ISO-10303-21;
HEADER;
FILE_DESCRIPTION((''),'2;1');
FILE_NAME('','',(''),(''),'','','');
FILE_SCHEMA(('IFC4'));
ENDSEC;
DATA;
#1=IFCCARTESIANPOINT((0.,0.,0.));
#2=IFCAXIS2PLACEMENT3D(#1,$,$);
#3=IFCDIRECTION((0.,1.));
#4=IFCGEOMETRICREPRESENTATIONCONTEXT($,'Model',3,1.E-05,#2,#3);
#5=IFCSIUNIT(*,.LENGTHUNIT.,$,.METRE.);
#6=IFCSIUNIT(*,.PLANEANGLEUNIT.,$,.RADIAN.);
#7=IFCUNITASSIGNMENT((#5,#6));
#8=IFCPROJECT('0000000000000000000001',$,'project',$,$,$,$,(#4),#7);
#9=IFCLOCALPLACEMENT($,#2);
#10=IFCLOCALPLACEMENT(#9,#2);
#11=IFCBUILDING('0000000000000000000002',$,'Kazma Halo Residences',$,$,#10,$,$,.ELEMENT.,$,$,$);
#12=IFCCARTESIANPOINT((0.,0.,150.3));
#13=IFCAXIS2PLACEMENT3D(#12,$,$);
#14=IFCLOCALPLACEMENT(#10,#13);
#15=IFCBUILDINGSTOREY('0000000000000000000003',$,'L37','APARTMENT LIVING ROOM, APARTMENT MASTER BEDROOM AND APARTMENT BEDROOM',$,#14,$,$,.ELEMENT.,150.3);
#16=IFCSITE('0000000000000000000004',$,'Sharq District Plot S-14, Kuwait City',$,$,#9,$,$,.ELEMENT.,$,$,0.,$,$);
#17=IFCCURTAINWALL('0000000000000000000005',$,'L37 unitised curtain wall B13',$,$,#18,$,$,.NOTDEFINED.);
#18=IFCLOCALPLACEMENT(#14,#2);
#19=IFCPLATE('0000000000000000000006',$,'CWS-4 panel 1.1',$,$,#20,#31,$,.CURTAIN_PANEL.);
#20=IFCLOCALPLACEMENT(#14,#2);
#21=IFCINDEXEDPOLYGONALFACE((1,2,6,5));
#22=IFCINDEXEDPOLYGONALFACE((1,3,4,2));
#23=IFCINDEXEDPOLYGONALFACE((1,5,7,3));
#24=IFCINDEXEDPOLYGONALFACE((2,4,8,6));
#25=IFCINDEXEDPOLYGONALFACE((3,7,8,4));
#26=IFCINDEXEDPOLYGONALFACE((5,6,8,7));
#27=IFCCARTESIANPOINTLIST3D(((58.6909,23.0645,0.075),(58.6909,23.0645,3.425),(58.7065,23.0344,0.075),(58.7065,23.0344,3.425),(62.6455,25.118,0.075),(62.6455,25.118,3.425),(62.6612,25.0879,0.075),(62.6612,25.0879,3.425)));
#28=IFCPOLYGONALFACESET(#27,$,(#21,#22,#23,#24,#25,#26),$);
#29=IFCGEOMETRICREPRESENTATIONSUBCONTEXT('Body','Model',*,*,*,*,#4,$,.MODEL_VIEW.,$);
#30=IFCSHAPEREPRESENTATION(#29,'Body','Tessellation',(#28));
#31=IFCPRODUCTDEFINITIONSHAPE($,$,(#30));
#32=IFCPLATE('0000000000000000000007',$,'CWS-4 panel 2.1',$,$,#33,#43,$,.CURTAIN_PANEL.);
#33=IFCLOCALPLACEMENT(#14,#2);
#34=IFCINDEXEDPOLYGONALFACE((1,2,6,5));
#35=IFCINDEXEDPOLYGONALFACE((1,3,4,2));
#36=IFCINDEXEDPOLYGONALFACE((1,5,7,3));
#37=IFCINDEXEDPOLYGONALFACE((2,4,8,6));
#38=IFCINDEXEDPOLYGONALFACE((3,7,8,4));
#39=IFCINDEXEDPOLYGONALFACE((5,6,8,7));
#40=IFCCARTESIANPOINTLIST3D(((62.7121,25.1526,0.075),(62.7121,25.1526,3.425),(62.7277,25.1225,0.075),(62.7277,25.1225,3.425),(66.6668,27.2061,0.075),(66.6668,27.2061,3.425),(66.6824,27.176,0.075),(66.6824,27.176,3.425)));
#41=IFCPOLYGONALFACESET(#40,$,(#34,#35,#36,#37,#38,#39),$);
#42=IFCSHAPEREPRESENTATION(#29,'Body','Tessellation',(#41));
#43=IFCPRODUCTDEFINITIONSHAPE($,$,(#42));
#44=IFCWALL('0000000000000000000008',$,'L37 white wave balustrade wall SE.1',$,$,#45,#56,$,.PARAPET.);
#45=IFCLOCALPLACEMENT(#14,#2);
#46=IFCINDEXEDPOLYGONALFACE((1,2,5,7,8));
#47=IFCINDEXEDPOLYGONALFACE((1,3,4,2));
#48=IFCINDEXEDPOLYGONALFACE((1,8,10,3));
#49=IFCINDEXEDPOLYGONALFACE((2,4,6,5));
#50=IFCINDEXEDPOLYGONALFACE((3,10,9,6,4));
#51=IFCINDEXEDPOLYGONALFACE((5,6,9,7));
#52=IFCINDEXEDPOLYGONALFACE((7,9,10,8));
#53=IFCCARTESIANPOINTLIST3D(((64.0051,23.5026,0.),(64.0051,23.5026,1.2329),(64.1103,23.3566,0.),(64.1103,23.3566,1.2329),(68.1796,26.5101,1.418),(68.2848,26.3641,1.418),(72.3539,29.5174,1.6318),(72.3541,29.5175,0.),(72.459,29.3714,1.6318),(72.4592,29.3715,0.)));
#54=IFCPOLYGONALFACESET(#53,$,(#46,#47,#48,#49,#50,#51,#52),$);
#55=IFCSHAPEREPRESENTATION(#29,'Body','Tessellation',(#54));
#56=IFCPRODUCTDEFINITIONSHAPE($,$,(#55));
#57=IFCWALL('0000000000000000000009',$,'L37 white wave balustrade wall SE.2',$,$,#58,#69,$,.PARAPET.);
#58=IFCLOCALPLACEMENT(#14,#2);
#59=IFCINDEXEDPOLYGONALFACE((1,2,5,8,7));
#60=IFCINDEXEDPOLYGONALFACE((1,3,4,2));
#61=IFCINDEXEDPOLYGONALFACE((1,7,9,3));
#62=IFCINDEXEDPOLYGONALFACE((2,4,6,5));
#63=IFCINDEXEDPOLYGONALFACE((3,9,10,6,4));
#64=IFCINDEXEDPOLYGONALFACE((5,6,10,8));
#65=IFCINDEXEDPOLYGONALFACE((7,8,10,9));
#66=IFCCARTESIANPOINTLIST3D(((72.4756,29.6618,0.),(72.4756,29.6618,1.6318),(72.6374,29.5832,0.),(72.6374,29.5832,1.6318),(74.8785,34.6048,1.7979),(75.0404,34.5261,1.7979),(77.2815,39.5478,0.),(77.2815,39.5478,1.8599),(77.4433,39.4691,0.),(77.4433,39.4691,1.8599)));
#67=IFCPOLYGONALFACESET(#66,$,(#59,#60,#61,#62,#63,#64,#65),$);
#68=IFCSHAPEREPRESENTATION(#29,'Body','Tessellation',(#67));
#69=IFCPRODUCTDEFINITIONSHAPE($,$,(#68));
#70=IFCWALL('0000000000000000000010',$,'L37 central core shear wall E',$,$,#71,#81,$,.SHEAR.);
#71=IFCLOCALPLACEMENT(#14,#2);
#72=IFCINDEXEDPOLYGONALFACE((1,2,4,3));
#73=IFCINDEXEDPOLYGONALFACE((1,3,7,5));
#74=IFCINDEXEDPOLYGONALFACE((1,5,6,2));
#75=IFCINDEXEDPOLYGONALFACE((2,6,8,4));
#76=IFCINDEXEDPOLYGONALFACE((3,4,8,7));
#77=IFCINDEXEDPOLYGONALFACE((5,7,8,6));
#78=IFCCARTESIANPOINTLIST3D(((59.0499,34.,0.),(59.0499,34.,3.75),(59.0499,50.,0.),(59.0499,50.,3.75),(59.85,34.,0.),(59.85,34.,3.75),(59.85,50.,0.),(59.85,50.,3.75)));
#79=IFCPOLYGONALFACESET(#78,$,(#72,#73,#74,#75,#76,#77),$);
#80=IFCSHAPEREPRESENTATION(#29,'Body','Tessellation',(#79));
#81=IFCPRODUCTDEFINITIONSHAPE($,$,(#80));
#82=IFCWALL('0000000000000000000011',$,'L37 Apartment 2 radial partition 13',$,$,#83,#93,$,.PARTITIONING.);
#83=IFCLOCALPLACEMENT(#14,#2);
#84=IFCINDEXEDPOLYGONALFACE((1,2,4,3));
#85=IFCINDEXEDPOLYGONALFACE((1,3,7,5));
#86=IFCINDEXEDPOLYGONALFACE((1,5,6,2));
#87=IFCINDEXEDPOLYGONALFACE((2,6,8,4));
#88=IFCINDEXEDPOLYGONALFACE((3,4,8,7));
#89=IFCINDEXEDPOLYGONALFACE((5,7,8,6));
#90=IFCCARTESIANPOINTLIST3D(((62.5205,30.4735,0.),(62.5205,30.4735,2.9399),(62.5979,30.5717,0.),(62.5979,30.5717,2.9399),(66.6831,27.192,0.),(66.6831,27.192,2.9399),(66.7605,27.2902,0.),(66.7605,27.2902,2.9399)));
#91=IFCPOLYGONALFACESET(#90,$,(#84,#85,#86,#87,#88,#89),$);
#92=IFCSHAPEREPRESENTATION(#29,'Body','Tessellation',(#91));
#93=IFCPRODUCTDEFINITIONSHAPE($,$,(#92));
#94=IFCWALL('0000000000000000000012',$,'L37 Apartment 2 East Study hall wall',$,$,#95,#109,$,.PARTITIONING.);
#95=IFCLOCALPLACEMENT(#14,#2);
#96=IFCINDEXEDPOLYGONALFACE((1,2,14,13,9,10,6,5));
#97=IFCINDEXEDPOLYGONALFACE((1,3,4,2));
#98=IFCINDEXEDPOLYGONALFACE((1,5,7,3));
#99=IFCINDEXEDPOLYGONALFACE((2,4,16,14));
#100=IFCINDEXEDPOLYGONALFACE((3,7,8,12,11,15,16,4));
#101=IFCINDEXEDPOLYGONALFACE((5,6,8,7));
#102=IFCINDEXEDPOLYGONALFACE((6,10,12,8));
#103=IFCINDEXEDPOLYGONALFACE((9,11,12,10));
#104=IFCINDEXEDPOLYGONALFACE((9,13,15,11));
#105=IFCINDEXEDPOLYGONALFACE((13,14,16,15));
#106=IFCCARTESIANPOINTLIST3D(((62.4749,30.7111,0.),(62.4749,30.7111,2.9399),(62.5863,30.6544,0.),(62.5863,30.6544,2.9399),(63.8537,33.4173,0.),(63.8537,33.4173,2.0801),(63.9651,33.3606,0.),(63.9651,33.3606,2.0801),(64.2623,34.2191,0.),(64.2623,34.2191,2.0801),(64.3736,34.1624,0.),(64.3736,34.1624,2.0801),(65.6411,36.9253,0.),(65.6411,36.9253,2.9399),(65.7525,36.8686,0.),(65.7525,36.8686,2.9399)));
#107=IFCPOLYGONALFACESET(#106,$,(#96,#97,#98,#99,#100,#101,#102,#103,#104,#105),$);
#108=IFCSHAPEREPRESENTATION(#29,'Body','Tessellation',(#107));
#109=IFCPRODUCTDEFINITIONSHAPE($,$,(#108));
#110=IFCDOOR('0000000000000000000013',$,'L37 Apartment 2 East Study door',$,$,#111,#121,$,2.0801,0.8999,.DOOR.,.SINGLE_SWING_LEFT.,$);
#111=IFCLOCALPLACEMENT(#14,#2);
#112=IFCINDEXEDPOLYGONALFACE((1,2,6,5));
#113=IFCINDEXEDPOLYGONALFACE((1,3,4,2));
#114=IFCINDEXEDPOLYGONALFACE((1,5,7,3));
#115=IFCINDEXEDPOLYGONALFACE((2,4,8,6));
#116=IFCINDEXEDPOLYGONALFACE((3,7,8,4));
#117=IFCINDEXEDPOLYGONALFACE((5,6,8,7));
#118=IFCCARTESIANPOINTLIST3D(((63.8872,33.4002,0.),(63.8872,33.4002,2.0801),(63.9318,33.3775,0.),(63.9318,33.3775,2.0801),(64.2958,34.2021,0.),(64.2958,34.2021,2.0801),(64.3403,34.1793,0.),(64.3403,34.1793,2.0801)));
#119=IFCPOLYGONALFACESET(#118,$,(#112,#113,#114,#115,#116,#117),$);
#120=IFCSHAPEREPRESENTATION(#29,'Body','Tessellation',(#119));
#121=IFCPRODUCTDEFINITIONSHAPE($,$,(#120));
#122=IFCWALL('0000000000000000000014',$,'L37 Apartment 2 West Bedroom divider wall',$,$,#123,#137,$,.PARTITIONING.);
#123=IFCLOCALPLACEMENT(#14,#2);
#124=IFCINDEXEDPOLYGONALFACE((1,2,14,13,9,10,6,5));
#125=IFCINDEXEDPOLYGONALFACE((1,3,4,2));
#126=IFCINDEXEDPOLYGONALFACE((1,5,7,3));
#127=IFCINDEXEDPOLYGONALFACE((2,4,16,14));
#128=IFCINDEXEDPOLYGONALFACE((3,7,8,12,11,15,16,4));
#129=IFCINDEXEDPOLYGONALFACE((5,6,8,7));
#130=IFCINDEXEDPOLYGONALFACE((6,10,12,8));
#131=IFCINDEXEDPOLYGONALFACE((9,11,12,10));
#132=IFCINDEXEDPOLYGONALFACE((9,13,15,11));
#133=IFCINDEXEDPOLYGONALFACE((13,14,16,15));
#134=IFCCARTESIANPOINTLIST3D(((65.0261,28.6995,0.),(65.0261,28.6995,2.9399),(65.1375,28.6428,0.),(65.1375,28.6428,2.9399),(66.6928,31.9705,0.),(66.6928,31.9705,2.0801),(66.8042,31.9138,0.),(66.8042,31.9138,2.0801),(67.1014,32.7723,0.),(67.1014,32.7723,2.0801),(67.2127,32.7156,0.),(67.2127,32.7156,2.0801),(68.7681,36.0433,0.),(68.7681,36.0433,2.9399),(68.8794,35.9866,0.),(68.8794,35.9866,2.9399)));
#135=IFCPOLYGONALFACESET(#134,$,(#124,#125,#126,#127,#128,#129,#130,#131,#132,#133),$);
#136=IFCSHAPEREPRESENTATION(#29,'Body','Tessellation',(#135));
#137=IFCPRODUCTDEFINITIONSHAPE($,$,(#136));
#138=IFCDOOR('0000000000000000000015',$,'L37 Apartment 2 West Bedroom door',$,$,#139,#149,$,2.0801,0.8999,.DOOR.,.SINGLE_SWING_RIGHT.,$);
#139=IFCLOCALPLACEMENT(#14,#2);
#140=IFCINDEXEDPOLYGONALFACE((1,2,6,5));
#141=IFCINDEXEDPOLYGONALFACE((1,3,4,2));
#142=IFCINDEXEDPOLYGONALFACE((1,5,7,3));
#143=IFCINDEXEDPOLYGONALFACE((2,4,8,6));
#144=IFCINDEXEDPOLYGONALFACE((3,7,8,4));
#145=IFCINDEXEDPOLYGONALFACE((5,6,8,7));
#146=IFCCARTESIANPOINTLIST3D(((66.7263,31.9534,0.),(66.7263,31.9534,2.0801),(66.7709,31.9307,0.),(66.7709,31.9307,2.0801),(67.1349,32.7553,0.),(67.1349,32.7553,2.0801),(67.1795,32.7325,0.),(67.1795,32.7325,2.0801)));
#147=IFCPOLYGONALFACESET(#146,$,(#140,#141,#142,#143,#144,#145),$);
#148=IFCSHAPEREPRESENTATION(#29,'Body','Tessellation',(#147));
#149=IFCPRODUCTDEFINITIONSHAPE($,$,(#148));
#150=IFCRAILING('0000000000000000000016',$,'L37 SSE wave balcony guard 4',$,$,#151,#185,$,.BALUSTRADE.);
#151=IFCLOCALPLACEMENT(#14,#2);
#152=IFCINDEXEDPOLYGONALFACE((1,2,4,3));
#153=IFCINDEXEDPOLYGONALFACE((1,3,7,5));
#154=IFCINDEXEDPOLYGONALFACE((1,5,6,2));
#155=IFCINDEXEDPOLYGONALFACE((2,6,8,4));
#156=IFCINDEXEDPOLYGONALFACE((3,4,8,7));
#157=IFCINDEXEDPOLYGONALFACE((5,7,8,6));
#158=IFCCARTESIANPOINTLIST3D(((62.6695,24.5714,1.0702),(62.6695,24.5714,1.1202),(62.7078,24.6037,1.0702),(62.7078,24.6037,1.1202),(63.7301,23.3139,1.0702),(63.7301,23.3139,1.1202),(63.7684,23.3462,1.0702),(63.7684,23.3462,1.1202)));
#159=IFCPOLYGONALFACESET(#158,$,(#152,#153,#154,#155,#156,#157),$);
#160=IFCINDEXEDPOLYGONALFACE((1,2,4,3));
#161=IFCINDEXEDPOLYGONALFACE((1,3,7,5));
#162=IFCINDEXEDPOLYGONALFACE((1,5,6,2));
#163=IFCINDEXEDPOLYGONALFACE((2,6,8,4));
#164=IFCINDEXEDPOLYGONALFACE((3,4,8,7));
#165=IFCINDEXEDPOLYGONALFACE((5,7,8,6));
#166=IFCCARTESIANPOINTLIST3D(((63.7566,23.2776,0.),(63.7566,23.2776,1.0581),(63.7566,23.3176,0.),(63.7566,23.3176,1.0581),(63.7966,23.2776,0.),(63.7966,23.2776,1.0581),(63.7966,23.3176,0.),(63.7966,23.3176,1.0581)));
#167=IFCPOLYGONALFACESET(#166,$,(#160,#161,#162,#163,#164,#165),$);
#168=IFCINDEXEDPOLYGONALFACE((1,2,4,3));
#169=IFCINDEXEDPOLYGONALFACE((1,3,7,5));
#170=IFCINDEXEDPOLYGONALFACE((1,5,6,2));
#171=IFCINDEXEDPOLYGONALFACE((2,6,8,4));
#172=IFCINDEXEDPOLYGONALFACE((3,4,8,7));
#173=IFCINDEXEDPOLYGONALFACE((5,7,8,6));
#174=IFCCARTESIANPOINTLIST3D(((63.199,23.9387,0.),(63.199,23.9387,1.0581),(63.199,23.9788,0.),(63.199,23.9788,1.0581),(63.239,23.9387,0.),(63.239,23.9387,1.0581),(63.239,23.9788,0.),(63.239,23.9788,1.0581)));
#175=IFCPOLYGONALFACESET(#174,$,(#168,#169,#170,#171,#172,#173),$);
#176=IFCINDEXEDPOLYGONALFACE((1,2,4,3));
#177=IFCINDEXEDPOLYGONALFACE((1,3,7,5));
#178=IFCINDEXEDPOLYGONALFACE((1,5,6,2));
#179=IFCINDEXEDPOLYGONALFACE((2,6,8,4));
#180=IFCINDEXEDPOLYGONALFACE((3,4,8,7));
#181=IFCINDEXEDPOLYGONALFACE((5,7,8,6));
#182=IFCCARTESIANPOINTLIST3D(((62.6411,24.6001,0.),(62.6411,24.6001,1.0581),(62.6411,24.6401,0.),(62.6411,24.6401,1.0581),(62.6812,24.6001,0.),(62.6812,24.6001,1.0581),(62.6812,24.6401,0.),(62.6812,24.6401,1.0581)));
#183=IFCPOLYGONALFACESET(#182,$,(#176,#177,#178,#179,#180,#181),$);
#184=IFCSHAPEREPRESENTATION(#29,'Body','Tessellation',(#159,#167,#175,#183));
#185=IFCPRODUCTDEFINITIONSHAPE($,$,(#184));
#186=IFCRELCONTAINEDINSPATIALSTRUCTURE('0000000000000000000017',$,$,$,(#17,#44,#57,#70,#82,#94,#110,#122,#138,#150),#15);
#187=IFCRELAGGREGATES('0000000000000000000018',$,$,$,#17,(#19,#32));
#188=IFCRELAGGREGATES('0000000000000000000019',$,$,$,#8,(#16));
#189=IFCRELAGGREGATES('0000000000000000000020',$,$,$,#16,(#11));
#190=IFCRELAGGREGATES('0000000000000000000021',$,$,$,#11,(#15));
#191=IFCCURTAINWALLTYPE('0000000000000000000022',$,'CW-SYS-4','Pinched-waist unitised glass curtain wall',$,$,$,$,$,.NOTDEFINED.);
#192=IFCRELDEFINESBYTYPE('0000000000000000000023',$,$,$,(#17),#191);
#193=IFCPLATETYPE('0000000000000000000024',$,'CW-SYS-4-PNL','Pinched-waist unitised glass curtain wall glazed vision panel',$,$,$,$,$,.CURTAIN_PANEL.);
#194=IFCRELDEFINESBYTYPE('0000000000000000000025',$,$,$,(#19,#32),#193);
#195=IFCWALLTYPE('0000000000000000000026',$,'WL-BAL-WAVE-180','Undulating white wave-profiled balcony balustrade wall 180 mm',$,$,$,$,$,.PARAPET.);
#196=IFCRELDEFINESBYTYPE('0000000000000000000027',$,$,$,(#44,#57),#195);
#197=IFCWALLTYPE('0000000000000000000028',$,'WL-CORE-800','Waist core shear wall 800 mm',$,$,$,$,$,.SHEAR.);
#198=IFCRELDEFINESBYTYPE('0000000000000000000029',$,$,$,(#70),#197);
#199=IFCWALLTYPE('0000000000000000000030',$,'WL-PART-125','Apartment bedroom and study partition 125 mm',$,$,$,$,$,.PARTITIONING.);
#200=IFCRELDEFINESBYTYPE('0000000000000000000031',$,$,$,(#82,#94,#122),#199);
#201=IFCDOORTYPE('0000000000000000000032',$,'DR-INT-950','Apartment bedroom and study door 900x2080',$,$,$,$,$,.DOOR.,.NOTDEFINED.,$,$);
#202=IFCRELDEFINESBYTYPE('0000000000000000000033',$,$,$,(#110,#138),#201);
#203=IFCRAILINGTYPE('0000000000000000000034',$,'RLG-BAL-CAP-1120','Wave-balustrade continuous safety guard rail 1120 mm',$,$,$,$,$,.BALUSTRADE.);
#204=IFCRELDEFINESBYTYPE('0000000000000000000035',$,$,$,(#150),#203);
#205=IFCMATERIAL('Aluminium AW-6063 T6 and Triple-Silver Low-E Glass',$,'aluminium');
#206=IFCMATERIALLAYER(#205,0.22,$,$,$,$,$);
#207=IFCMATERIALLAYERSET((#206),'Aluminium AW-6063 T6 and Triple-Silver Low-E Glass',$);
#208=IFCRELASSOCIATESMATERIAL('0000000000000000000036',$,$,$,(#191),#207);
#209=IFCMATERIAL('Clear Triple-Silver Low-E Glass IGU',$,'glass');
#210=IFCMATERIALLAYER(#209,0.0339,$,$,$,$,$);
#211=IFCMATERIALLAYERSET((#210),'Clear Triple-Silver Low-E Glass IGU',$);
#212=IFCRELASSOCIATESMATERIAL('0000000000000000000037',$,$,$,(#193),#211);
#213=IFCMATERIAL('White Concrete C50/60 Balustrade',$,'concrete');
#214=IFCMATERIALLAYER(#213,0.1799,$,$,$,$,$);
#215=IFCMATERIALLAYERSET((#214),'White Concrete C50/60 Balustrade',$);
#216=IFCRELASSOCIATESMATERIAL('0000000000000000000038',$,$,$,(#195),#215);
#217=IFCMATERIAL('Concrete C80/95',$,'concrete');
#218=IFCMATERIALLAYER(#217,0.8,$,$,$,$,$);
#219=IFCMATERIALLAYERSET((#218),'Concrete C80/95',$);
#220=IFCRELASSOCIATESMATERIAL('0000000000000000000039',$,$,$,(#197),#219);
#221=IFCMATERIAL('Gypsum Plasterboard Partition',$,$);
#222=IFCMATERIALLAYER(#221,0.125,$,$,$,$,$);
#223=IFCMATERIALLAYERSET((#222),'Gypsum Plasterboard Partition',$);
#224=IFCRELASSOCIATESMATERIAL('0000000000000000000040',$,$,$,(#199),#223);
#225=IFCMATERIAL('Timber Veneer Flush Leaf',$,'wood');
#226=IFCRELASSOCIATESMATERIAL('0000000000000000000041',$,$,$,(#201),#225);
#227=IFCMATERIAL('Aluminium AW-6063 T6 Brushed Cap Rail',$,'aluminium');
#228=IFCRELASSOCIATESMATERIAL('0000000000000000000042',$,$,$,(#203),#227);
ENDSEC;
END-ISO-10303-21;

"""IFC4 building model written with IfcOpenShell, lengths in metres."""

from ifc_helpers import new_model, si_unit, direction, frame, frame_2d, origin, origin_2d, place, context, subcontext, project, spatial, polyline, rectangle, outline, extrude, material, layer, layer_set, type_object, element, fill, aggregate, save


model = new_model("IFC4")

# Units and contexts
model_context = context("Model", 3, precision=1e-05, world=origin(), true_north=direction((0.0, 1.0)))
body_context = subcontext(model_context, "Body", "Model", "MODEL_VIEW")
ifc_project = project(units=[si_unit("LENGTHUNIT", "METRE"), si_unit("PLANEANGLEUNIT", "RADIAN")], contexts=[model_context])

# Site, building, storey
site_placement = place(None, origin())
site = spatial("IfcSite", under=ifc_project, at=site_placement, Name="Sharq District Plot S-14, Kuwait City", CompositionType="ELEMENT", RefElevation=0.0)
building_placement = place(site_placement, origin())
building = spatial("IfcBuilding", under=site, at=building_placement, Name="Kazma Halo Residences", CompositionType="ELEMENT")
storey_placement = place(building_placement, frame((0.0, 0.0, 150.3)))
storey = spatial("IfcBuildingStorey", under=building, at=storey_placement, Name="L37", Description="APARTMENT LIVING ROOM, APARTMENT MASTER BEDROOM AND APARTMENT BEDROOM", CompositionType="ELEMENT", Elevation=150.3)

# Shared definitions
ifc_material_1 = material(Name="Concrete C80/95", Category="concrete")

# Curtain wall
ifc_material_2 = material(Name="Aluminium AW-6063 T6 and Triple-Silver Low-E Glass", Category="aluminium")
ifc_layer_1 = layer(ifc_material_2, 0.22)
ifc_layer_set_1 = layer_set([ifc_layer_1], Name="Aluminium AW-6063 T6 and Triple-Silver Low-E Glass")
curtain_wall_type = type_object("IfcCurtainWallType", Name="CW-SYS-4", Description="Pinched-waist unitised glass curtain wall", PredefinedType="NOTDEFINED", material=ifc_layer_set_1)
curtain_wall_1_placement = place(storey_placement, origin())
curtain_wall_1 = element("IfcCurtainWall", 1, at=curtain_wall_1_placement, inside=storey, type_object=curtain_wall_type, Name="L37 unitised curtain wall B13", PredefinedType="NOTDEFINED")

# Plates
ifc_material_3 = material(Name="Clear Triple-Silver Low-E Glass IGU", Category="glass")
ifc_layer_2 = layer(ifc_material_3, 0.0339)
ifc_layer_set_2 = layer_set([ifc_layer_2], Name="Clear Triple-Silver Low-E Glass IGU")
plate_type = type_object("IfcPlateType", Name="CW-SYS-4-PNL", Description="Pinched-waist unitised glass curtain wall glazed vision panel", PredefinedType="CURTAIN_PANEL", material=ifc_layer_set_2)
plate_1_placement = place(storey_placement, frame((60.676, 24.0762, 0.075), z_axis=(0.0, 0.0, 1.0), x_axis=(0.887485, 0.460837, 0.0)))
plate_1 = element("IfcPlate", 2, at=plate_1_placement, type_object=plate_type, Name="CWS-4 panel 1.1", PredefinedType="CURTAIN_PANEL", context=body_context, shape_type="SweptSolid", body=[
    extrude(rectangle(XDim=4.4561, YDim=0.0339, at=origin_2d()), origin(), (0.0, 0.0, 1.0), 3.3501),
])
plate_2_placement = place(storey_placement, frame((64.6973, 26.1643, 0.075), z_axis=(0.0, 0.0, 1.0), x_axis=(0.887485, 0.460837, 0.0)))
plate_2 = element("IfcPlate", 3, at=plate_2_placement, type_object=plate_type, Name="CWS-4 panel 2.1", PredefinedType="CURTAIN_PANEL", context=body_context, shape_type="SweptSolid", body=[
    extrude(rectangle(XDim=4.4561, YDim=0.0339, at=origin_2d()), origin(), (0.0, 0.0, 1.0), 3.3501),
])
aggregate(curtain_wall_1, [plate_1, plate_2])

# Walls
ifc_material_4 = material(Name="White Concrete C50/60 Balustrade", Category="concrete")
ifc_layer_3 = layer(ifc_material_4, 0.1799)
ifc_layer_set_3 = layer_set([ifc_layer_3], Name="White Concrete C50/60 Balustrade")
wall_type_1 = type_object("IfcWallType", Name="WL-BAL-WAVE-180", Description="Undulating white wave-profiled balcony balustrade wall 180 mm", PredefinedType="PARAPET", material=ifc_layer_set_3)
wall_1_placement = place(storey_placement, frame((64.0576, 23.4297, 0.0), z_axis=(0.0, 0.0, 1.0), x_axis=(0.811364, 0.584542, 0.0)))
element("IfcWall", 4, at=wall_1_placement, inside=storey, type_object=wall_type_1, Name="L37 white wave balustrade wall SE.1", PredefinedType="PARAPET", context=body_context, shape_type="SweptSolid", body=[
    extrude(outline(polyline([(0.0, 0.0), (10.29, 0.0), (10.2898, 1.6318), (5.145, 1.418), (0.0, 1.2329), (0.0, 0.0)])), frame((0.0, 0.0898, 0.0), z_axis=(0.0, -1.0, 0.0), x_axis=(1.0, 0.0, 0.0)), (0.0, 0.0, 1.0), 0.1799),
])
wall_2_placement = place(storey_placement, frame((72.5564, 29.6226, 0.0), z_axis=(0.0, 0.0, 1.0), x_axis=(0.437209, 0.89936, 0.0)))
element("IfcWall", 5, at=wall_2_placement, inside=storey, type_object=wall_type_1, Name="L37 white wave balustrade wall SE.2", PredefinedType="PARAPET", context=body_context, shape_type="SweptSolid", body=[
    extrude(outline(polyline([(0.0, 0.0), (10.9922, 0.0), (10.9922, 1.8599), (5.4961, 1.7979), (0.0, 1.6318), (0.0, 0.0)])), frame((0.0, 0.0898, 0.0), z_axis=(0.0, -1.0, 0.0), x_axis=(1.0, 0.0, 0.0)), (0.0, 0.0, 1.0), 0.1799),
])
ifc_layer_4 = layer(ifc_material_1, 0.8)
ifc_layer_set_4 = layer_set([ifc_layer_4], Name="Concrete C80/95")
wall_type_2 = type_object("IfcWallType", Name="WL-CORE-800", Description="Waist core shear wall 800 mm", PredefinedType="SHEAR", material=ifc_layer_set_4)
wall_3_placement = place(storey_placement, frame((59.45, 34.0, 0.0), z_axis=(0.0, 0.0, 1.0), x_axis=(0.0, 1.0, 0.0)))
element("IfcWall", 6, at=wall_3_placement, inside=storey, type_object=wall_type_2, Name="L37 central core shear wall E", PredefinedType="SHEAR", context=body_context, shape_type="SweptSolid", body=[
    extrude(rectangle(XDim=16.0, YDim=0.8, at=frame_2d((8.0, 0.0))), origin(), (0.0, 0.0, 1.0), 3.75),
])

# Wall
ifc_material_5 = material(Name="Gypsum Plasterboard Partition")
ifc_layer_5 = layer(ifc_material_5, 0.125)
ifc_layer_set_5 = layer_set([ifc_layer_5], Name="Gypsum Plasterboard Partition")
wall_type_3 = type_object("IfcWallType", Name="WL-PART-125", Description="Apartment bedroom and study partition 125 mm", PredefinedType="PARTITIONING", material=ifc_layer_set_5)
wall_4_placement = place(storey_placement, frame((62.5591, 30.5227, 0.0), z_axis=(0.0, 0.0, 1.0), x_axis=(0.78532, -0.61909, 0.0)))
element("IfcWall", 7, at=wall_4_placement, inside=storey, type_object=wall_type_3, Name="L37 Apartment 2 radial partition 13", PredefinedType="PARTITIONING", context=body_context, shape_type="SweptSolid", body=[
    extrude(rectangle(XDim=5.3005, YDim=0.125, at=frame_2d((2.6504, 0.0))), origin(), (0.0, 0.0, 1.0), 2.9399),
])

# Walls, openings, doors
wall_5_placement = place(storey_placement, frame((62.5305, 30.6826, 0.0), z_axis=(0.0, 0.0, 1.0), x_axis=(0.453978, 0.891013, 0.0)))
wall_5 = element("IfcWall", 8, at=wall_5_placement, inside=storey, type_object=wall_type_3, Name="L37 Apartment 2 East Study hall wall", PredefinedType="PARTITIONING", context=body_context, shape_type="SweptSolid", body=[
    extrude(rectangle(XDim=6.9744, YDim=0.125, at=frame_2d((3.4873, 0.0))), origin(), (0.0, 0.0, 1.0), 2.9399),
])
opening_1_placement = place(wall_5_placement, frame((3.0374, 0.0, 0.0)))
opening_1 = element("IfcOpeningElement", 9, at=opening_1_placement, cuts=wall_5, PredefinedType="OPENING", context=body_context, shape_type="SweptSolid", body=[
    extrude(rectangle(XDim=0.8999, YDim=2.0801, at=frame_2d((0.45, 1.04))), frame((0.0, 0.0725, 0.0), z_axis=(0.0, -1.0, 0.0), x_axis=(1.0, 0.0, 0.0)), (0.0, 0.0, 1.0), 0.145),
])
ifc_material_6 = material(Name="Timber Veneer Flush Leaf", Category="wood")
door_type_1 = type_object("IfcDoorType", Name="DR-INT-950", Description="Apartment bedroom and study door 900x2080", OperationType="NOTDEFINED", PredefinedType="DOOR", material=ifc_material_6)
door_1_placement = place(opening_1_placement, origin())
door_1 = element("IfcDoor", 10, at=door_1_placement, inside=storey, type_object=door_type_1, Name="L37 Apartment 2 East Study door", OperationType="SINGLE_SWING_LEFT", OverallHeight=2.0801, OverallWidth=0.8999, PredefinedType="DOOR", context=body_context, shape_type="SweptSolid", body=[
    extrude(rectangle(XDim=0.8999, YDim=2.0801, at=frame_2d((0.45, 1.04))), frame((0.0, 0.0249, 0.0), z_axis=(0.0, -1.0, 0.0), x_axis=(1.0, 0.0, 0.0)), (0.0, 0.0, 1.0), 0.05),
])
fill(opening_1, door_1)
wall_6_placement = place(storey_placement, frame((65.0818, 28.6711, 0.0), z_axis=(0.0, 0.0, 1.0), x_axis=(0.454002, 0.891001, 0.0)))
wall_6 = element("IfcWall", 11, at=wall_6_placement, inside=storey, type_object=wall_type_3, Name="L37 Apartment 2 West Bedroom divider wall", PredefinedType="PARTITIONING", context=body_context, shape_type="SweptSolid", body=[
    extrude(rectangle(XDim=8.2422, YDim=0.125, at=frame_2d((4.1211, 0.0))), origin(), (0.0, 0.0, 1.0), 2.9399),
])
opening_2_placement = place(wall_6_placement, frame((3.6711, 0.0, 0.0)))
opening_2 = element("IfcOpeningElement", 12, at=opening_2_placement, cuts=wall_6, PredefinedType="OPENING", context=body_context, shape_type="SweptSolid", body=[
    extrude(rectangle(XDim=0.8999, YDim=2.0801, at=frame_2d((0.45, 1.04))), frame((0.0, 0.0725, 0.0), z_axis=(0.0, -1.0, 0.0), x_axis=(1.0, 0.0, 0.0)), (0.0, 0.0, 1.0), 0.145),
])
door_2_placement = place(opening_2_placement, origin())
door_2 = element("IfcDoor", 13, at=door_2_placement, inside=storey, type_object=door_type_1, Name="L37 Apartment 2 West Bedroom door", OperationType="SINGLE_SWING_RIGHT", OverallHeight=2.0801, OverallWidth=0.8999, PredefinedType="DOOR", context=body_context, shape_type="SweptSolid", body=[
    extrude(rectangle(XDim=0.8999, YDim=2.0801, at=frame_2d((0.45, 1.04))), frame((0.0, 0.0249, 0.0), z_axis=(0.0, -1.0, 0.0), x_axis=(1.0, 0.0, 0.0)), (0.0, 0.0, 1.0), 0.05),
])
fill(opening_2, door_2)

# Railing
ifc_material_7 = material(Name="Aluminium AW-6063 T6 Brushed Cap Rail", Category="aluminium")
railing_type = type_object("IfcRailingType", Name="RLG-BAL-CAP-1120", Description="Wave-balustrade continuous safety guard rail 1120 mm", PredefinedType="BALUSTRADE", material=ifc_material_7)
railing_1_placement = place(storey_placement, frame((63.7766, 23.2976, 0.0)))
element("IfcRailing", 14, at=railing_1_placement, inside=storey, type_object=railing_type, Name="L37 SSE wave balcony guard 4", PredefinedType="BALUSTRADE", context=body_context, shape_type="SweptSolid", body=[
    extrude(rectangle(XDim=0.05, YDim=0.05, at=origin_2d()), frame((-0.0273, 0.0325, 1.0952), z_axis=(-0.64474, 0.764402, 0.0), x_axis=(-0.764402, -0.64474, 0.0)), (0.0, 0.0, 1.0), 1.645),
    extrude(rectangle(XDim=0.04, YDim=0.04, at=origin_2d()), origin(), (0.0, 0.0, 1.0), 1.0581),
    extrude(rectangle(XDim=0.04, YDim=0.04, at=origin_2d()), frame((-0.5576, 0.6611, 0.0)), (0.0, 0.0, 1.0), 1.0581),
    extrude(rectangle(XDim=0.04, YDim=0.04, at=origin_2d()), frame((-1.1155, 1.3225, 0.0)), (0.0, 0.0, 1.0), 1.0581),
])

save(model, "model.ifc")
